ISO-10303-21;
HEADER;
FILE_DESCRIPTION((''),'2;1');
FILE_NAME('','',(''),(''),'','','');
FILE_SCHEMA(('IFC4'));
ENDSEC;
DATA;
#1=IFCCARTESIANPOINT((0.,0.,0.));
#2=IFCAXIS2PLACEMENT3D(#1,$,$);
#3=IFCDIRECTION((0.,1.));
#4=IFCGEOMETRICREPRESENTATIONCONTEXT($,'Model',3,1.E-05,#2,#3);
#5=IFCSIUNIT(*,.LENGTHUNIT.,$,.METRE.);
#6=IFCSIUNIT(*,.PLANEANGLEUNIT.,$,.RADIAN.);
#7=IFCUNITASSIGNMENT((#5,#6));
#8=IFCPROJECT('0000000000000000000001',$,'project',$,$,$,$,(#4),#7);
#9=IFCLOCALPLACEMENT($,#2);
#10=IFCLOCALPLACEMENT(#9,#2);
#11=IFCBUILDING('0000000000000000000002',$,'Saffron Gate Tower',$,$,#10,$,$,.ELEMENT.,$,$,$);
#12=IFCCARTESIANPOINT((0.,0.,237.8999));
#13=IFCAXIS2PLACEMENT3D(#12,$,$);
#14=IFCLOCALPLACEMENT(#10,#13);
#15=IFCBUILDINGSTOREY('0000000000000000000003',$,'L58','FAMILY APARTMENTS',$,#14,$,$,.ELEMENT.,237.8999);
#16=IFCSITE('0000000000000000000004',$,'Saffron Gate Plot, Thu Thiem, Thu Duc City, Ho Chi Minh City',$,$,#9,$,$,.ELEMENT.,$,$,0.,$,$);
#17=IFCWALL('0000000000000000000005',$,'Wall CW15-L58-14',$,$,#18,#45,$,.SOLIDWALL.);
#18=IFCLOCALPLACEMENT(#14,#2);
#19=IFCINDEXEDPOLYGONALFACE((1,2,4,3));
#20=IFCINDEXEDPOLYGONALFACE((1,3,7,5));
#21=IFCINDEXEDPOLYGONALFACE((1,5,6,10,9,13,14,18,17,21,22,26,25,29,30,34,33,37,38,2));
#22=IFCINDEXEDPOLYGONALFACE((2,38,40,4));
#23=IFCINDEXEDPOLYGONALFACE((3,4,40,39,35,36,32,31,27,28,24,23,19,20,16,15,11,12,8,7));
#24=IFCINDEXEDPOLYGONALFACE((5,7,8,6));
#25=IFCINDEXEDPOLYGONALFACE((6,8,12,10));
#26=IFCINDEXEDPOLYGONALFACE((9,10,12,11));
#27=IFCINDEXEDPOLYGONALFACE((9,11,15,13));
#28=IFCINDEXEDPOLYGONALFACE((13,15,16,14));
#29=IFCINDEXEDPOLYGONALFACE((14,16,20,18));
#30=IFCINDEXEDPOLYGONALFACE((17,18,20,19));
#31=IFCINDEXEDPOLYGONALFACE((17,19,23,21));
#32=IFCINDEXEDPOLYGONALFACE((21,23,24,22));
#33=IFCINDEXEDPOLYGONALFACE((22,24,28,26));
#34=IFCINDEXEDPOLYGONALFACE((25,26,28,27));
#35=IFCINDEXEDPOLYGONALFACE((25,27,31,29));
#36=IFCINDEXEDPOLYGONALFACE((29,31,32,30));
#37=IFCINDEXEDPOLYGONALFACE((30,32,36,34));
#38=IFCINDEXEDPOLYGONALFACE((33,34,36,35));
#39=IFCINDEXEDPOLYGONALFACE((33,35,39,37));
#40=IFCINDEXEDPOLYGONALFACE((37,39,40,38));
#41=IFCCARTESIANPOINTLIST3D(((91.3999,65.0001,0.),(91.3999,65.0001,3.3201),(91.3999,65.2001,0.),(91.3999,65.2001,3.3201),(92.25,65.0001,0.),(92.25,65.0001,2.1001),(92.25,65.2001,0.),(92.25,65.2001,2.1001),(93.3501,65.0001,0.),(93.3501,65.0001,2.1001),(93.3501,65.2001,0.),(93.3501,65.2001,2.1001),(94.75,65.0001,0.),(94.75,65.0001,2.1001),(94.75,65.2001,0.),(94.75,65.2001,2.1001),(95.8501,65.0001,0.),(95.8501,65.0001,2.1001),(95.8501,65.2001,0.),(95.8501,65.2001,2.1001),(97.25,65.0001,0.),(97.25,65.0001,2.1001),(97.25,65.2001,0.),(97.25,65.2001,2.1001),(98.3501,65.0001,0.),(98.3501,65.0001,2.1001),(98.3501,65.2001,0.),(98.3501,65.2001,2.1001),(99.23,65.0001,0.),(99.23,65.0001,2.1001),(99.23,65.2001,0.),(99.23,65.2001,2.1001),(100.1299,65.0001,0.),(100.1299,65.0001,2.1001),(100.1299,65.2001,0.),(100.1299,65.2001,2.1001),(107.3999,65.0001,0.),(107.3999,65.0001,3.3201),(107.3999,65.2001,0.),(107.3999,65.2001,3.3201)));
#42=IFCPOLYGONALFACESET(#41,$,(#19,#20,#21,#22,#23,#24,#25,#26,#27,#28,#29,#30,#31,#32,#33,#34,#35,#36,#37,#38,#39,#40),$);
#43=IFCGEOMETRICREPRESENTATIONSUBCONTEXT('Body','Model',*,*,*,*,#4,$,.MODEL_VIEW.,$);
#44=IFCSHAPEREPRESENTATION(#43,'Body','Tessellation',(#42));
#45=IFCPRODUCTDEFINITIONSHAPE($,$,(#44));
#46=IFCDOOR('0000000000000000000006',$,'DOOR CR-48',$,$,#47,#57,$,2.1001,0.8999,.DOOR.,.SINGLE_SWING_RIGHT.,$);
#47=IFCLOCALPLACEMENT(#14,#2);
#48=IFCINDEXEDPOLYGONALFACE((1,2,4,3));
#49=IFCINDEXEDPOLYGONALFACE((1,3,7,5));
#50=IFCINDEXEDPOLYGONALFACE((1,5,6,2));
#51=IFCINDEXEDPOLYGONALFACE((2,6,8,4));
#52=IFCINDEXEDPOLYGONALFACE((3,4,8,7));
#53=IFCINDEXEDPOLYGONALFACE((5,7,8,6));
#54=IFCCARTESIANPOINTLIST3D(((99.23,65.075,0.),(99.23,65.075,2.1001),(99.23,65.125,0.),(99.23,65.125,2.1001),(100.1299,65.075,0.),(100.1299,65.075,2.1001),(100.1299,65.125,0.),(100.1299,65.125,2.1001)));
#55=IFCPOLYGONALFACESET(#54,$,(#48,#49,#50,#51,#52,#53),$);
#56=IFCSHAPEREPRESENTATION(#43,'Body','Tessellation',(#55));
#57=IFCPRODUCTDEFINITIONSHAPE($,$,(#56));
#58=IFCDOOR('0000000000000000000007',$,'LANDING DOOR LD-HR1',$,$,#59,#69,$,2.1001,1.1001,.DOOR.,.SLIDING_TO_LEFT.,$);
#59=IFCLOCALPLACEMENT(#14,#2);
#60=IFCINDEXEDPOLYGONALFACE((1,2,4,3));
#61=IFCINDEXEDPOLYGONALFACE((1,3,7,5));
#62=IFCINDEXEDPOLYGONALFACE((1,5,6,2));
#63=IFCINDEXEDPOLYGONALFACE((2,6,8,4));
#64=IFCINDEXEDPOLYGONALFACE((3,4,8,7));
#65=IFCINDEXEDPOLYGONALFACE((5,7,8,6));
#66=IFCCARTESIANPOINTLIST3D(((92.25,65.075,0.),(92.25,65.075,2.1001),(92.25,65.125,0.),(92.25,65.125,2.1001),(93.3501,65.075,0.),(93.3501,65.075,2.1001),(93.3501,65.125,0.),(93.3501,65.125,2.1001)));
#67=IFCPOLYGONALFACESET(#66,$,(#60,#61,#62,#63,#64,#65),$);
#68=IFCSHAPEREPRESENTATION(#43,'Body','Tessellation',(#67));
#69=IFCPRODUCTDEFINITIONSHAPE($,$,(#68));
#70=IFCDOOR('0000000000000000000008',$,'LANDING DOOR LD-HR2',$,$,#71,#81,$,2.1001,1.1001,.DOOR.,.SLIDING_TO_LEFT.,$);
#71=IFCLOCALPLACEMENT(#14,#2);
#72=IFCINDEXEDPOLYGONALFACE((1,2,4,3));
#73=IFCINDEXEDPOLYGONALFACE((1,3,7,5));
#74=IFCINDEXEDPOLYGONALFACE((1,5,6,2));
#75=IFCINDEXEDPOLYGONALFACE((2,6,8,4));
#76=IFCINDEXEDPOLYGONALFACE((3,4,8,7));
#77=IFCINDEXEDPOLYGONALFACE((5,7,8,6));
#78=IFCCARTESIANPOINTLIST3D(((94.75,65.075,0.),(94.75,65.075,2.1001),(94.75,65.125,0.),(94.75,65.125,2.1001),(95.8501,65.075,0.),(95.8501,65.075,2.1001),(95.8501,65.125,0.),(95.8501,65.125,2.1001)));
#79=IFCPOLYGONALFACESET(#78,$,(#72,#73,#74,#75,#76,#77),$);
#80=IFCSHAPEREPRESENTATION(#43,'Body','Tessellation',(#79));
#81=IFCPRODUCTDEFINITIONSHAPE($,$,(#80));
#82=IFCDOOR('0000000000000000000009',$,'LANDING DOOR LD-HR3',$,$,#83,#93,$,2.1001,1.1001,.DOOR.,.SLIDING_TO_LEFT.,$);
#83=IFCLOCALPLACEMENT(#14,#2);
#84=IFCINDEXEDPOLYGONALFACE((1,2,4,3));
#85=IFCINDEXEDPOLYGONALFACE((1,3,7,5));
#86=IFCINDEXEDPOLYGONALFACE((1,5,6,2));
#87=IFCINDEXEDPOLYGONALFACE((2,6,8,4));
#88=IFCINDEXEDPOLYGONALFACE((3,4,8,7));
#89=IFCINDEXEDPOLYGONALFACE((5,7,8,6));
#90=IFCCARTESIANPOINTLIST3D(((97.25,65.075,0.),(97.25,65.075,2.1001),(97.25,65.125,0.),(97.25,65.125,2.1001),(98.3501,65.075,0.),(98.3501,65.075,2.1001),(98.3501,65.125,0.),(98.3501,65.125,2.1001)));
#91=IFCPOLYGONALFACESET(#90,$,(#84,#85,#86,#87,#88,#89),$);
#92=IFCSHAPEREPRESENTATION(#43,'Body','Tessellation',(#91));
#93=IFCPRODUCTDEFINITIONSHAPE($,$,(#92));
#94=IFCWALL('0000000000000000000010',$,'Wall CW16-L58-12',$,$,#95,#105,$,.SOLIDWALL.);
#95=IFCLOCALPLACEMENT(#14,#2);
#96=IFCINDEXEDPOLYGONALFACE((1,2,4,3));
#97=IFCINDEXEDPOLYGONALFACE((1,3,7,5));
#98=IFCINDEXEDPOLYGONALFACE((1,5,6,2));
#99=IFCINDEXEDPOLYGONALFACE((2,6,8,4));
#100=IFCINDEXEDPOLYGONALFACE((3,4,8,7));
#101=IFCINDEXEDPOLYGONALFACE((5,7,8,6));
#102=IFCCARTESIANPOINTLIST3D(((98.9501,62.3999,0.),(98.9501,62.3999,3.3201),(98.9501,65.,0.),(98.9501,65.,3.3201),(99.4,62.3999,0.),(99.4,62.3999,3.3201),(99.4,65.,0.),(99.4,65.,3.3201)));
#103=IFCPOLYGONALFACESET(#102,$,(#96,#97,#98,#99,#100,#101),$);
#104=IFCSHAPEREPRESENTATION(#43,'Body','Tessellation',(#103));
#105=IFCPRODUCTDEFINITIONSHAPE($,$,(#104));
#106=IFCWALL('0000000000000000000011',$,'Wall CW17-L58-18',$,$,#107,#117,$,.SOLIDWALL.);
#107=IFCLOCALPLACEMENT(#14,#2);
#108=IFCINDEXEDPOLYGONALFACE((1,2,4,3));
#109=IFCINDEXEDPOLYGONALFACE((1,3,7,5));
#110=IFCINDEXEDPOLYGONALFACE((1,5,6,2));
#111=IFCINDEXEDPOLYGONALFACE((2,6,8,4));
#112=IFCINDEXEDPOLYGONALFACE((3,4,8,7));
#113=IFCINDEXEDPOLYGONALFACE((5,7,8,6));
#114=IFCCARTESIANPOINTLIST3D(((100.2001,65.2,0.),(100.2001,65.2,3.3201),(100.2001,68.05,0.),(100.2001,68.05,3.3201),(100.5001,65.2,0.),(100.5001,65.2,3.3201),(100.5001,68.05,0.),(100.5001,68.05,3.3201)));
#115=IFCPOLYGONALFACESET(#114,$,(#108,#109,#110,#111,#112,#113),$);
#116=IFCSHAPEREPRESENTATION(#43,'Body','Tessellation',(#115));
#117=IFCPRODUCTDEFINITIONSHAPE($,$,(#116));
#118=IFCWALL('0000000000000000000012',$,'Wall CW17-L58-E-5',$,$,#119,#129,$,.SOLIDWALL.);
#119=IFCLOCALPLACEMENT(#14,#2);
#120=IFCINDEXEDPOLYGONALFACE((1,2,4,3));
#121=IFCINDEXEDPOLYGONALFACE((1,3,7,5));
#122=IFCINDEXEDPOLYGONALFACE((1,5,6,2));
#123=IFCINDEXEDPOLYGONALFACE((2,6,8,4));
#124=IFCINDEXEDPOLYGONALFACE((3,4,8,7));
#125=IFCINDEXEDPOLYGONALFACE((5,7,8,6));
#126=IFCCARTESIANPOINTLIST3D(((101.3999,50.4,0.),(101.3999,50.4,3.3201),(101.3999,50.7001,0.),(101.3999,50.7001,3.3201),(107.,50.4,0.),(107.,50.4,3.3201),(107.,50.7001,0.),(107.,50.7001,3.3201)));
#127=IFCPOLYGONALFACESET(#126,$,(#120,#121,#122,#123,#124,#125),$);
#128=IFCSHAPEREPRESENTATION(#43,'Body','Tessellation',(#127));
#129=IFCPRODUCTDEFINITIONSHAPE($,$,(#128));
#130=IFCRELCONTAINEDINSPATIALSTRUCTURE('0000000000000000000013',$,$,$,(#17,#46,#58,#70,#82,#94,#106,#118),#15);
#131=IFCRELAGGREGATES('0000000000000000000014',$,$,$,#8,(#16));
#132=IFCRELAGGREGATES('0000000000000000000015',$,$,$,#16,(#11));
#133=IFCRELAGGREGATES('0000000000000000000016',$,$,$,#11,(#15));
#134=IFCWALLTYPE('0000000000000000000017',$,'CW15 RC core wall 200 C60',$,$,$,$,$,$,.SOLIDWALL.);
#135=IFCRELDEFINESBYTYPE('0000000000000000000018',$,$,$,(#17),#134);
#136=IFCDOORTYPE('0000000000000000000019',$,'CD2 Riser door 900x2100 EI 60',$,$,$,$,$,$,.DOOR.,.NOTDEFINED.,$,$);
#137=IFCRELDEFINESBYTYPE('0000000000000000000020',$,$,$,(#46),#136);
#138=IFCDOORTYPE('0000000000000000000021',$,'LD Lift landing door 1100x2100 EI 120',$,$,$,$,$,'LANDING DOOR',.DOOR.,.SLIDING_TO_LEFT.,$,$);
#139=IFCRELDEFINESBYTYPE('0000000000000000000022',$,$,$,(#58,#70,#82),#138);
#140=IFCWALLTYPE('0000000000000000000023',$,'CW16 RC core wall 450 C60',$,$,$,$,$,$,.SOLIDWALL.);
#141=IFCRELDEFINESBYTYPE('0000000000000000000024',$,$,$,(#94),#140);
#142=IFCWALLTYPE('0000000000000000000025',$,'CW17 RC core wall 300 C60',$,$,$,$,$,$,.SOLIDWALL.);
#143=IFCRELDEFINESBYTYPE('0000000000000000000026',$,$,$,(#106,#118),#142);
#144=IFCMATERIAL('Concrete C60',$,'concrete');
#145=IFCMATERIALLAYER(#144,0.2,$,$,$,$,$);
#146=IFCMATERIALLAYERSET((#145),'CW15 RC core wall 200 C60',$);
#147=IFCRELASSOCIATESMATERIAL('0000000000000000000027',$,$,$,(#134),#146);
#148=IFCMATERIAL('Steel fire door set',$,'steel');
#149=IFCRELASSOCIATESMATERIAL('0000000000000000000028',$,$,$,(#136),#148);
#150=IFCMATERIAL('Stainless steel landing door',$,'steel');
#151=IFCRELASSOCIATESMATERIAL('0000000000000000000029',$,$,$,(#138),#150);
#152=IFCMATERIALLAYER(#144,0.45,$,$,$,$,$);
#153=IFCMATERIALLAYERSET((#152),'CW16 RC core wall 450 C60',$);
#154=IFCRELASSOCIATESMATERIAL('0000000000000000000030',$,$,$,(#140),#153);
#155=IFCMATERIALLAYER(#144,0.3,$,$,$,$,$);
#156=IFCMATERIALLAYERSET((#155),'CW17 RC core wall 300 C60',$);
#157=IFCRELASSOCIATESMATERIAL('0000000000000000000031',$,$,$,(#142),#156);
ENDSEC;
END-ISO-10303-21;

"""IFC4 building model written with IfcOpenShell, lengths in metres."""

from ifc_helpers import new_model, si_unit, direction, frame, frame_2d, origin, place, context, subcontext, project, spatial, rectangle, extrude, material, layer, layer_set, type_object, element, fill, save


model = new_model("IFC4")

# Units and contexts
model_context = context("Model", 3, precision=1e-05, world=origin(), true_north=direction((0.0, 1.0)))
body_context = subcontext(model_context, "Body", "Model", "MODEL_VIEW")
ifc_project = project(units=[si_unit("LENGTHUNIT", "METRE"), si_unit("PLANEANGLEUNIT", "RADIAN")], contexts=[model_context])

# Site, building, storey
site_placement = place(None, origin())
site = spatial("IfcSite", under=ifc_project, at=site_placement, Name="Saffron Gate Plot, Thu Thiem, Thu Duc City, Ho Chi Minh City", CompositionType="ELEMENT", RefElevation=0.0)
building_placement = place(site_placement, origin())
building = spatial("IfcBuilding", under=site, at=building_placement, Name="Saffron Gate Tower", CompositionType="ELEMENT")
storey_placement = place(building_placement, frame((0.0, 0.0, 237.8999)))
storey = spatial("IfcBuildingStorey", under=building, at=storey_placement, Name="L58", Description="FAMILY APARTMENTS", CompositionType="ELEMENT", Elevation=237.8999)

# Shared definitions
ifc_material_1 = material(Name="Concrete C60", Category="concrete")

# Shared definitions
ifc_material_2 = material(Name="Steel fire door set", Category="steel")

# Shared definitions
ifc_layer_1 = layer(ifc_material_1, 0.2)
ifc_layer_set_1 = layer_set([ifc_layer_1], Name="CW15 RC core wall 200 C60")
wall_type_1 = type_object("IfcWallType", Name="CW15 RC core wall 200 C60", PredefinedType="SOLIDWALL", material=ifc_layer_set_1)

# Wall, openings, doors
wall_1_placement = place(storey_placement, frame((91.3999, 65.1001, 0.0), z_axis=(0.0, 0.0, 1.0), x_axis=(1.0, 0.0, 0.0)))
wall_1 = element("IfcWall", 1, at=wall_1_placement, inside=storey, type_object=wall_type_1, Name="Wall CW15-L58-14", PredefinedType="SOLIDWALL", context=body_context, shape_type="SweptSolid", body=[
    extrude(rectangle(XDim=16.0, YDim=0.2, at=frame_2d((8.0, 0.0))), origin(), (0.0, 0.0, 1.0), 3.3201),
])
opening_1_placement = place(wall_1_placement, frame((0.8501, 0.0, 0.0)))
opening_1 = element("IfcOpeningElement", 2, at=opening_1_placement, cuts=wall_1, PredefinedType="OPENING", context=body_context, shape_type="SweptSolid", body=[
    extrude(rectangle(XDim=1.1001, YDim=2.1001, at=frame_2d((0.55, 1.05))), frame((0.0, 0.1099, 0.0), z_axis=(0.0, -1.0, 0.0), x_axis=(1.0, 0.0, 0.0)), (0.0, 0.0, 1.0), 0.22),
])
opening_2_placement = place(wall_1_placement, frame((3.3501, 0.0, 0.0)))
opening_2 = element("IfcOpeningElement", 3, at=opening_2_placement, cuts=wall_1, PredefinedType="OPENING", context=body_context, shape_type="SweptSolid", body=[
    extrude(rectangle(XDim=1.1001, YDim=2.1001, at=frame_2d((0.55, 1.05))), frame((0.0, 0.1099, 0.0), z_axis=(0.0, -1.0, 0.0), x_axis=(1.0, 0.0, 0.0)), (0.0, 0.0, 1.0), 0.22),
])
opening_3_placement = place(wall_1_placement, frame((5.8501, 0.0, 0.0)))
opening_3 = element("IfcOpeningElement", 4, at=opening_3_placement, cuts=wall_1, PredefinedType="OPENING", context=body_context, shape_type="SweptSolid", body=[
    extrude(rectangle(XDim=1.1001, YDim=2.1001, at=frame_2d((0.55, 1.05))), frame((0.0, 0.1099, 0.0), z_axis=(0.0, -1.0, 0.0), x_axis=(1.0, 0.0, 0.0)), (0.0, 0.0, 1.0), 0.22),
])
opening_4_placement = place(wall_1_placement, frame((7.8301, 0.0, 0.0)))
opening_4 = element("IfcOpeningElement", 5, at=opening_4_placement, cuts=wall_1, PredefinedType="OPENING", context=body_context, shape_type="SweptSolid", body=[
    extrude(rectangle(XDim=0.8999, YDim=2.1001, at=frame_2d((0.45, 1.05))), frame((0.0, 0.1099, 0.0), z_axis=(0.0, -1.0, 0.0), x_axis=(1.0, 0.0, 0.0)), (0.0, 0.0, 1.0), 0.22),
])
door_type_1 = type_object("IfcDoorType", Name="CD2 Riser door 900x2100 EI 60", OperationType="NOTDEFINED", PredefinedType="DOOR", material=ifc_material_2)
door_1_placement = place(opening_4_placement, origin())
door_1 = element("IfcDoor", 6, at=door_1_placement, inside=storey, type_object=door_type_1, Name="DOOR CR-48", OperationType="SINGLE_SWING_RIGHT", OverallHeight=2.1001, OverallWidth=0.8999, PredefinedType="DOOR", context=body_context, shape_type="SweptSolid", body=[
    extrude(rectangle(XDim=0.8999, YDim=2.1001, at=frame_2d((0.45, 1.05))), frame((0.0, 0.0249, 0.0), z_axis=(0.0, -1.0, 0.0), x_axis=(1.0, 0.0, 0.0)), (0.0, 0.0, 1.0), 0.05),
])
fill(opening_4, door_1)
ifc_material_3 = material(Name="Stainless steel landing door", Category="steel")
door_type_2 = type_object("IfcDoorType", Name="LD Lift landing door 1100x2100 EI 120", ElementType="LANDING DOOR", OperationType="SLIDING_TO_LEFT", PredefinedType="DOOR", material=ifc_material_3)
door_2_placement = place(opening_1_placement, origin())
door_2 = element("IfcDoor", 7, at=door_2_placement, inside=storey, type_object=door_type_2, Name="LANDING DOOR LD-HR1", OperationType="SLIDING_TO_LEFT", OverallHeight=2.1001, OverallWidth=1.1001, PredefinedType="DOOR", context=body_context, shape_type="SweptSolid", body=[
    extrude(rectangle(XDim=1.1001, YDim=2.1001, at=frame_2d((0.55, 1.05))), frame((0.0, 0.0249, 0.0), z_axis=(0.0, -1.0, 0.0), x_axis=(1.0, 0.0, 0.0)), (0.0, 0.0, 1.0), 0.05),
])
fill(opening_1, door_2)
door_3_placement = place(opening_2_placement, origin())
door_3 = element("IfcDoor", 8, at=door_3_placement, inside=storey, type_object=door_type_2, Name="LANDING DOOR LD-HR2", OperationType="SLIDING_TO_LEFT", OverallHeight=2.1001, OverallWidth=1.1001, PredefinedType="DOOR", context=body_context, shape_type="SweptSolid", body=[
    extrude(rectangle(XDim=1.1001, YDim=2.1001, at=frame_2d((0.55, 1.05))), frame((0.0, 0.0249, 0.0), z_axis=(0.0, -1.0, 0.0), x_axis=(1.0, 0.0, 0.0)), (0.0, 0.0, 1.0), 0.05),
])
fill(opening_2, door_3)
door_4_placement = place(opening_3_placement, origin())
door_4 = element("IfcDoor", 9, at=door_4_placement, inside=storey, type_object=door_type_2, Name="LANDING DOOR LD-HR3", OperationType="SLIDING_TO_LEFT", OverallHeight=2.1001, OverallWidth=1.1001, PredefinedType="DOOR", context=body_context, shape_type="SweptSolid", body=[
    extrude(rectangle(XDim=1.1001, YDim=2.1001, at=frame_2d((0.55, 1.05))), frame((0.0, 0.0249, 0.0), z_axis=(0.0, -1.0, 0.0), x_axis=(1.0, 0.0, 0.0)), (0.0, 0.0, 1.0), 0.05),
])
fill(opening_3, door_4)

# Walls
ifc_layer_2 = layer(ifc_material_1, 0.45)
ifc_layer_set_2 = layer_set([ifc_layer_2], Name="CW16 RC core wall 450 C60")
wall_type_2 = type_object("IfcWallType", Name="CW16 RC core wall 450 C60", PredefinedType="SOLIDWALL", material=ifc_layer_set_2)
wall_2_placement = place(storey_placement, frame((99.175, 62.3999, 0.0), z_axis=(0.0, 0.0, 1.0), x_axis=(0.0, 1.0, 0.0)))
element("IfcWall", 10, at=wall_2_placement, inside=storey, type_object=wall_type_2, Name="Wall CW16-L58-12", PredefinedType="SOLIDWALL", context=body_context, shape_type="SweptSolid", body=[
    extrude(rectangle(XDim=2.6001, YDim=0.45, at=frame_2d((1.3, 0.0))), origin(), (0.0, 0.0, 1.0), 3.3201),
])
ifc_layer_3 = layer(ifc_material_1, 0.3)
ifc_layer_set_3 = layer_set([ifc_layer_3], Name="CW17 RC core wall 300 C60")
wall_type_3 = type_object("IfcWallType", Name="CW17 RC core wall 300 C60", PredefinedType="SOLIDWALL", material=ifc_layer_set_3)
wall_3_placement = place(storey_placement, frame((100.3501, 65.2, 0.0), z_axis=(0.0, 0.0, 1.0), x_axis=(0.0, 1.0, 0.0)))
element("IfcWall", 11, at=wall_3_placement, inside=storey, type_object=wall_type_3, Name="Wall CW17-L58-18", PredefinedType="SOLIDWALL", context=body_context, shape_type="SweptSolid", body=[
    extrude(rectangle(XDim=2.8501, YDim=0.3, at=frame_2d((1.425, 0.0))), origin(), (0.0, 0.0, 1.0), 3.3201),
])
wall_4_placement = place(storey_placement, frame((101.3999, 50.55, 0.0), z_axis=(0.0, 0.0, 1.0), x_axis=(1.0, 0.0, 0.0)))
element("IfcWall", 12, at=wall_4_placement, inside=storey, type_object=wall_type_3, Name="Wall CW17-L58-E-5", PredefinedType="SOLIDWALL", context=body_context, shape_type="SweptSolid", body=[
    extrude(rectangle(XDim=5.6001, YDim=0.3, at=frame_2d((2.8, 0.0))), origin(), (0.0, 0.0, 1.0), 3.3201),
])

save(model, "model.ifc")
